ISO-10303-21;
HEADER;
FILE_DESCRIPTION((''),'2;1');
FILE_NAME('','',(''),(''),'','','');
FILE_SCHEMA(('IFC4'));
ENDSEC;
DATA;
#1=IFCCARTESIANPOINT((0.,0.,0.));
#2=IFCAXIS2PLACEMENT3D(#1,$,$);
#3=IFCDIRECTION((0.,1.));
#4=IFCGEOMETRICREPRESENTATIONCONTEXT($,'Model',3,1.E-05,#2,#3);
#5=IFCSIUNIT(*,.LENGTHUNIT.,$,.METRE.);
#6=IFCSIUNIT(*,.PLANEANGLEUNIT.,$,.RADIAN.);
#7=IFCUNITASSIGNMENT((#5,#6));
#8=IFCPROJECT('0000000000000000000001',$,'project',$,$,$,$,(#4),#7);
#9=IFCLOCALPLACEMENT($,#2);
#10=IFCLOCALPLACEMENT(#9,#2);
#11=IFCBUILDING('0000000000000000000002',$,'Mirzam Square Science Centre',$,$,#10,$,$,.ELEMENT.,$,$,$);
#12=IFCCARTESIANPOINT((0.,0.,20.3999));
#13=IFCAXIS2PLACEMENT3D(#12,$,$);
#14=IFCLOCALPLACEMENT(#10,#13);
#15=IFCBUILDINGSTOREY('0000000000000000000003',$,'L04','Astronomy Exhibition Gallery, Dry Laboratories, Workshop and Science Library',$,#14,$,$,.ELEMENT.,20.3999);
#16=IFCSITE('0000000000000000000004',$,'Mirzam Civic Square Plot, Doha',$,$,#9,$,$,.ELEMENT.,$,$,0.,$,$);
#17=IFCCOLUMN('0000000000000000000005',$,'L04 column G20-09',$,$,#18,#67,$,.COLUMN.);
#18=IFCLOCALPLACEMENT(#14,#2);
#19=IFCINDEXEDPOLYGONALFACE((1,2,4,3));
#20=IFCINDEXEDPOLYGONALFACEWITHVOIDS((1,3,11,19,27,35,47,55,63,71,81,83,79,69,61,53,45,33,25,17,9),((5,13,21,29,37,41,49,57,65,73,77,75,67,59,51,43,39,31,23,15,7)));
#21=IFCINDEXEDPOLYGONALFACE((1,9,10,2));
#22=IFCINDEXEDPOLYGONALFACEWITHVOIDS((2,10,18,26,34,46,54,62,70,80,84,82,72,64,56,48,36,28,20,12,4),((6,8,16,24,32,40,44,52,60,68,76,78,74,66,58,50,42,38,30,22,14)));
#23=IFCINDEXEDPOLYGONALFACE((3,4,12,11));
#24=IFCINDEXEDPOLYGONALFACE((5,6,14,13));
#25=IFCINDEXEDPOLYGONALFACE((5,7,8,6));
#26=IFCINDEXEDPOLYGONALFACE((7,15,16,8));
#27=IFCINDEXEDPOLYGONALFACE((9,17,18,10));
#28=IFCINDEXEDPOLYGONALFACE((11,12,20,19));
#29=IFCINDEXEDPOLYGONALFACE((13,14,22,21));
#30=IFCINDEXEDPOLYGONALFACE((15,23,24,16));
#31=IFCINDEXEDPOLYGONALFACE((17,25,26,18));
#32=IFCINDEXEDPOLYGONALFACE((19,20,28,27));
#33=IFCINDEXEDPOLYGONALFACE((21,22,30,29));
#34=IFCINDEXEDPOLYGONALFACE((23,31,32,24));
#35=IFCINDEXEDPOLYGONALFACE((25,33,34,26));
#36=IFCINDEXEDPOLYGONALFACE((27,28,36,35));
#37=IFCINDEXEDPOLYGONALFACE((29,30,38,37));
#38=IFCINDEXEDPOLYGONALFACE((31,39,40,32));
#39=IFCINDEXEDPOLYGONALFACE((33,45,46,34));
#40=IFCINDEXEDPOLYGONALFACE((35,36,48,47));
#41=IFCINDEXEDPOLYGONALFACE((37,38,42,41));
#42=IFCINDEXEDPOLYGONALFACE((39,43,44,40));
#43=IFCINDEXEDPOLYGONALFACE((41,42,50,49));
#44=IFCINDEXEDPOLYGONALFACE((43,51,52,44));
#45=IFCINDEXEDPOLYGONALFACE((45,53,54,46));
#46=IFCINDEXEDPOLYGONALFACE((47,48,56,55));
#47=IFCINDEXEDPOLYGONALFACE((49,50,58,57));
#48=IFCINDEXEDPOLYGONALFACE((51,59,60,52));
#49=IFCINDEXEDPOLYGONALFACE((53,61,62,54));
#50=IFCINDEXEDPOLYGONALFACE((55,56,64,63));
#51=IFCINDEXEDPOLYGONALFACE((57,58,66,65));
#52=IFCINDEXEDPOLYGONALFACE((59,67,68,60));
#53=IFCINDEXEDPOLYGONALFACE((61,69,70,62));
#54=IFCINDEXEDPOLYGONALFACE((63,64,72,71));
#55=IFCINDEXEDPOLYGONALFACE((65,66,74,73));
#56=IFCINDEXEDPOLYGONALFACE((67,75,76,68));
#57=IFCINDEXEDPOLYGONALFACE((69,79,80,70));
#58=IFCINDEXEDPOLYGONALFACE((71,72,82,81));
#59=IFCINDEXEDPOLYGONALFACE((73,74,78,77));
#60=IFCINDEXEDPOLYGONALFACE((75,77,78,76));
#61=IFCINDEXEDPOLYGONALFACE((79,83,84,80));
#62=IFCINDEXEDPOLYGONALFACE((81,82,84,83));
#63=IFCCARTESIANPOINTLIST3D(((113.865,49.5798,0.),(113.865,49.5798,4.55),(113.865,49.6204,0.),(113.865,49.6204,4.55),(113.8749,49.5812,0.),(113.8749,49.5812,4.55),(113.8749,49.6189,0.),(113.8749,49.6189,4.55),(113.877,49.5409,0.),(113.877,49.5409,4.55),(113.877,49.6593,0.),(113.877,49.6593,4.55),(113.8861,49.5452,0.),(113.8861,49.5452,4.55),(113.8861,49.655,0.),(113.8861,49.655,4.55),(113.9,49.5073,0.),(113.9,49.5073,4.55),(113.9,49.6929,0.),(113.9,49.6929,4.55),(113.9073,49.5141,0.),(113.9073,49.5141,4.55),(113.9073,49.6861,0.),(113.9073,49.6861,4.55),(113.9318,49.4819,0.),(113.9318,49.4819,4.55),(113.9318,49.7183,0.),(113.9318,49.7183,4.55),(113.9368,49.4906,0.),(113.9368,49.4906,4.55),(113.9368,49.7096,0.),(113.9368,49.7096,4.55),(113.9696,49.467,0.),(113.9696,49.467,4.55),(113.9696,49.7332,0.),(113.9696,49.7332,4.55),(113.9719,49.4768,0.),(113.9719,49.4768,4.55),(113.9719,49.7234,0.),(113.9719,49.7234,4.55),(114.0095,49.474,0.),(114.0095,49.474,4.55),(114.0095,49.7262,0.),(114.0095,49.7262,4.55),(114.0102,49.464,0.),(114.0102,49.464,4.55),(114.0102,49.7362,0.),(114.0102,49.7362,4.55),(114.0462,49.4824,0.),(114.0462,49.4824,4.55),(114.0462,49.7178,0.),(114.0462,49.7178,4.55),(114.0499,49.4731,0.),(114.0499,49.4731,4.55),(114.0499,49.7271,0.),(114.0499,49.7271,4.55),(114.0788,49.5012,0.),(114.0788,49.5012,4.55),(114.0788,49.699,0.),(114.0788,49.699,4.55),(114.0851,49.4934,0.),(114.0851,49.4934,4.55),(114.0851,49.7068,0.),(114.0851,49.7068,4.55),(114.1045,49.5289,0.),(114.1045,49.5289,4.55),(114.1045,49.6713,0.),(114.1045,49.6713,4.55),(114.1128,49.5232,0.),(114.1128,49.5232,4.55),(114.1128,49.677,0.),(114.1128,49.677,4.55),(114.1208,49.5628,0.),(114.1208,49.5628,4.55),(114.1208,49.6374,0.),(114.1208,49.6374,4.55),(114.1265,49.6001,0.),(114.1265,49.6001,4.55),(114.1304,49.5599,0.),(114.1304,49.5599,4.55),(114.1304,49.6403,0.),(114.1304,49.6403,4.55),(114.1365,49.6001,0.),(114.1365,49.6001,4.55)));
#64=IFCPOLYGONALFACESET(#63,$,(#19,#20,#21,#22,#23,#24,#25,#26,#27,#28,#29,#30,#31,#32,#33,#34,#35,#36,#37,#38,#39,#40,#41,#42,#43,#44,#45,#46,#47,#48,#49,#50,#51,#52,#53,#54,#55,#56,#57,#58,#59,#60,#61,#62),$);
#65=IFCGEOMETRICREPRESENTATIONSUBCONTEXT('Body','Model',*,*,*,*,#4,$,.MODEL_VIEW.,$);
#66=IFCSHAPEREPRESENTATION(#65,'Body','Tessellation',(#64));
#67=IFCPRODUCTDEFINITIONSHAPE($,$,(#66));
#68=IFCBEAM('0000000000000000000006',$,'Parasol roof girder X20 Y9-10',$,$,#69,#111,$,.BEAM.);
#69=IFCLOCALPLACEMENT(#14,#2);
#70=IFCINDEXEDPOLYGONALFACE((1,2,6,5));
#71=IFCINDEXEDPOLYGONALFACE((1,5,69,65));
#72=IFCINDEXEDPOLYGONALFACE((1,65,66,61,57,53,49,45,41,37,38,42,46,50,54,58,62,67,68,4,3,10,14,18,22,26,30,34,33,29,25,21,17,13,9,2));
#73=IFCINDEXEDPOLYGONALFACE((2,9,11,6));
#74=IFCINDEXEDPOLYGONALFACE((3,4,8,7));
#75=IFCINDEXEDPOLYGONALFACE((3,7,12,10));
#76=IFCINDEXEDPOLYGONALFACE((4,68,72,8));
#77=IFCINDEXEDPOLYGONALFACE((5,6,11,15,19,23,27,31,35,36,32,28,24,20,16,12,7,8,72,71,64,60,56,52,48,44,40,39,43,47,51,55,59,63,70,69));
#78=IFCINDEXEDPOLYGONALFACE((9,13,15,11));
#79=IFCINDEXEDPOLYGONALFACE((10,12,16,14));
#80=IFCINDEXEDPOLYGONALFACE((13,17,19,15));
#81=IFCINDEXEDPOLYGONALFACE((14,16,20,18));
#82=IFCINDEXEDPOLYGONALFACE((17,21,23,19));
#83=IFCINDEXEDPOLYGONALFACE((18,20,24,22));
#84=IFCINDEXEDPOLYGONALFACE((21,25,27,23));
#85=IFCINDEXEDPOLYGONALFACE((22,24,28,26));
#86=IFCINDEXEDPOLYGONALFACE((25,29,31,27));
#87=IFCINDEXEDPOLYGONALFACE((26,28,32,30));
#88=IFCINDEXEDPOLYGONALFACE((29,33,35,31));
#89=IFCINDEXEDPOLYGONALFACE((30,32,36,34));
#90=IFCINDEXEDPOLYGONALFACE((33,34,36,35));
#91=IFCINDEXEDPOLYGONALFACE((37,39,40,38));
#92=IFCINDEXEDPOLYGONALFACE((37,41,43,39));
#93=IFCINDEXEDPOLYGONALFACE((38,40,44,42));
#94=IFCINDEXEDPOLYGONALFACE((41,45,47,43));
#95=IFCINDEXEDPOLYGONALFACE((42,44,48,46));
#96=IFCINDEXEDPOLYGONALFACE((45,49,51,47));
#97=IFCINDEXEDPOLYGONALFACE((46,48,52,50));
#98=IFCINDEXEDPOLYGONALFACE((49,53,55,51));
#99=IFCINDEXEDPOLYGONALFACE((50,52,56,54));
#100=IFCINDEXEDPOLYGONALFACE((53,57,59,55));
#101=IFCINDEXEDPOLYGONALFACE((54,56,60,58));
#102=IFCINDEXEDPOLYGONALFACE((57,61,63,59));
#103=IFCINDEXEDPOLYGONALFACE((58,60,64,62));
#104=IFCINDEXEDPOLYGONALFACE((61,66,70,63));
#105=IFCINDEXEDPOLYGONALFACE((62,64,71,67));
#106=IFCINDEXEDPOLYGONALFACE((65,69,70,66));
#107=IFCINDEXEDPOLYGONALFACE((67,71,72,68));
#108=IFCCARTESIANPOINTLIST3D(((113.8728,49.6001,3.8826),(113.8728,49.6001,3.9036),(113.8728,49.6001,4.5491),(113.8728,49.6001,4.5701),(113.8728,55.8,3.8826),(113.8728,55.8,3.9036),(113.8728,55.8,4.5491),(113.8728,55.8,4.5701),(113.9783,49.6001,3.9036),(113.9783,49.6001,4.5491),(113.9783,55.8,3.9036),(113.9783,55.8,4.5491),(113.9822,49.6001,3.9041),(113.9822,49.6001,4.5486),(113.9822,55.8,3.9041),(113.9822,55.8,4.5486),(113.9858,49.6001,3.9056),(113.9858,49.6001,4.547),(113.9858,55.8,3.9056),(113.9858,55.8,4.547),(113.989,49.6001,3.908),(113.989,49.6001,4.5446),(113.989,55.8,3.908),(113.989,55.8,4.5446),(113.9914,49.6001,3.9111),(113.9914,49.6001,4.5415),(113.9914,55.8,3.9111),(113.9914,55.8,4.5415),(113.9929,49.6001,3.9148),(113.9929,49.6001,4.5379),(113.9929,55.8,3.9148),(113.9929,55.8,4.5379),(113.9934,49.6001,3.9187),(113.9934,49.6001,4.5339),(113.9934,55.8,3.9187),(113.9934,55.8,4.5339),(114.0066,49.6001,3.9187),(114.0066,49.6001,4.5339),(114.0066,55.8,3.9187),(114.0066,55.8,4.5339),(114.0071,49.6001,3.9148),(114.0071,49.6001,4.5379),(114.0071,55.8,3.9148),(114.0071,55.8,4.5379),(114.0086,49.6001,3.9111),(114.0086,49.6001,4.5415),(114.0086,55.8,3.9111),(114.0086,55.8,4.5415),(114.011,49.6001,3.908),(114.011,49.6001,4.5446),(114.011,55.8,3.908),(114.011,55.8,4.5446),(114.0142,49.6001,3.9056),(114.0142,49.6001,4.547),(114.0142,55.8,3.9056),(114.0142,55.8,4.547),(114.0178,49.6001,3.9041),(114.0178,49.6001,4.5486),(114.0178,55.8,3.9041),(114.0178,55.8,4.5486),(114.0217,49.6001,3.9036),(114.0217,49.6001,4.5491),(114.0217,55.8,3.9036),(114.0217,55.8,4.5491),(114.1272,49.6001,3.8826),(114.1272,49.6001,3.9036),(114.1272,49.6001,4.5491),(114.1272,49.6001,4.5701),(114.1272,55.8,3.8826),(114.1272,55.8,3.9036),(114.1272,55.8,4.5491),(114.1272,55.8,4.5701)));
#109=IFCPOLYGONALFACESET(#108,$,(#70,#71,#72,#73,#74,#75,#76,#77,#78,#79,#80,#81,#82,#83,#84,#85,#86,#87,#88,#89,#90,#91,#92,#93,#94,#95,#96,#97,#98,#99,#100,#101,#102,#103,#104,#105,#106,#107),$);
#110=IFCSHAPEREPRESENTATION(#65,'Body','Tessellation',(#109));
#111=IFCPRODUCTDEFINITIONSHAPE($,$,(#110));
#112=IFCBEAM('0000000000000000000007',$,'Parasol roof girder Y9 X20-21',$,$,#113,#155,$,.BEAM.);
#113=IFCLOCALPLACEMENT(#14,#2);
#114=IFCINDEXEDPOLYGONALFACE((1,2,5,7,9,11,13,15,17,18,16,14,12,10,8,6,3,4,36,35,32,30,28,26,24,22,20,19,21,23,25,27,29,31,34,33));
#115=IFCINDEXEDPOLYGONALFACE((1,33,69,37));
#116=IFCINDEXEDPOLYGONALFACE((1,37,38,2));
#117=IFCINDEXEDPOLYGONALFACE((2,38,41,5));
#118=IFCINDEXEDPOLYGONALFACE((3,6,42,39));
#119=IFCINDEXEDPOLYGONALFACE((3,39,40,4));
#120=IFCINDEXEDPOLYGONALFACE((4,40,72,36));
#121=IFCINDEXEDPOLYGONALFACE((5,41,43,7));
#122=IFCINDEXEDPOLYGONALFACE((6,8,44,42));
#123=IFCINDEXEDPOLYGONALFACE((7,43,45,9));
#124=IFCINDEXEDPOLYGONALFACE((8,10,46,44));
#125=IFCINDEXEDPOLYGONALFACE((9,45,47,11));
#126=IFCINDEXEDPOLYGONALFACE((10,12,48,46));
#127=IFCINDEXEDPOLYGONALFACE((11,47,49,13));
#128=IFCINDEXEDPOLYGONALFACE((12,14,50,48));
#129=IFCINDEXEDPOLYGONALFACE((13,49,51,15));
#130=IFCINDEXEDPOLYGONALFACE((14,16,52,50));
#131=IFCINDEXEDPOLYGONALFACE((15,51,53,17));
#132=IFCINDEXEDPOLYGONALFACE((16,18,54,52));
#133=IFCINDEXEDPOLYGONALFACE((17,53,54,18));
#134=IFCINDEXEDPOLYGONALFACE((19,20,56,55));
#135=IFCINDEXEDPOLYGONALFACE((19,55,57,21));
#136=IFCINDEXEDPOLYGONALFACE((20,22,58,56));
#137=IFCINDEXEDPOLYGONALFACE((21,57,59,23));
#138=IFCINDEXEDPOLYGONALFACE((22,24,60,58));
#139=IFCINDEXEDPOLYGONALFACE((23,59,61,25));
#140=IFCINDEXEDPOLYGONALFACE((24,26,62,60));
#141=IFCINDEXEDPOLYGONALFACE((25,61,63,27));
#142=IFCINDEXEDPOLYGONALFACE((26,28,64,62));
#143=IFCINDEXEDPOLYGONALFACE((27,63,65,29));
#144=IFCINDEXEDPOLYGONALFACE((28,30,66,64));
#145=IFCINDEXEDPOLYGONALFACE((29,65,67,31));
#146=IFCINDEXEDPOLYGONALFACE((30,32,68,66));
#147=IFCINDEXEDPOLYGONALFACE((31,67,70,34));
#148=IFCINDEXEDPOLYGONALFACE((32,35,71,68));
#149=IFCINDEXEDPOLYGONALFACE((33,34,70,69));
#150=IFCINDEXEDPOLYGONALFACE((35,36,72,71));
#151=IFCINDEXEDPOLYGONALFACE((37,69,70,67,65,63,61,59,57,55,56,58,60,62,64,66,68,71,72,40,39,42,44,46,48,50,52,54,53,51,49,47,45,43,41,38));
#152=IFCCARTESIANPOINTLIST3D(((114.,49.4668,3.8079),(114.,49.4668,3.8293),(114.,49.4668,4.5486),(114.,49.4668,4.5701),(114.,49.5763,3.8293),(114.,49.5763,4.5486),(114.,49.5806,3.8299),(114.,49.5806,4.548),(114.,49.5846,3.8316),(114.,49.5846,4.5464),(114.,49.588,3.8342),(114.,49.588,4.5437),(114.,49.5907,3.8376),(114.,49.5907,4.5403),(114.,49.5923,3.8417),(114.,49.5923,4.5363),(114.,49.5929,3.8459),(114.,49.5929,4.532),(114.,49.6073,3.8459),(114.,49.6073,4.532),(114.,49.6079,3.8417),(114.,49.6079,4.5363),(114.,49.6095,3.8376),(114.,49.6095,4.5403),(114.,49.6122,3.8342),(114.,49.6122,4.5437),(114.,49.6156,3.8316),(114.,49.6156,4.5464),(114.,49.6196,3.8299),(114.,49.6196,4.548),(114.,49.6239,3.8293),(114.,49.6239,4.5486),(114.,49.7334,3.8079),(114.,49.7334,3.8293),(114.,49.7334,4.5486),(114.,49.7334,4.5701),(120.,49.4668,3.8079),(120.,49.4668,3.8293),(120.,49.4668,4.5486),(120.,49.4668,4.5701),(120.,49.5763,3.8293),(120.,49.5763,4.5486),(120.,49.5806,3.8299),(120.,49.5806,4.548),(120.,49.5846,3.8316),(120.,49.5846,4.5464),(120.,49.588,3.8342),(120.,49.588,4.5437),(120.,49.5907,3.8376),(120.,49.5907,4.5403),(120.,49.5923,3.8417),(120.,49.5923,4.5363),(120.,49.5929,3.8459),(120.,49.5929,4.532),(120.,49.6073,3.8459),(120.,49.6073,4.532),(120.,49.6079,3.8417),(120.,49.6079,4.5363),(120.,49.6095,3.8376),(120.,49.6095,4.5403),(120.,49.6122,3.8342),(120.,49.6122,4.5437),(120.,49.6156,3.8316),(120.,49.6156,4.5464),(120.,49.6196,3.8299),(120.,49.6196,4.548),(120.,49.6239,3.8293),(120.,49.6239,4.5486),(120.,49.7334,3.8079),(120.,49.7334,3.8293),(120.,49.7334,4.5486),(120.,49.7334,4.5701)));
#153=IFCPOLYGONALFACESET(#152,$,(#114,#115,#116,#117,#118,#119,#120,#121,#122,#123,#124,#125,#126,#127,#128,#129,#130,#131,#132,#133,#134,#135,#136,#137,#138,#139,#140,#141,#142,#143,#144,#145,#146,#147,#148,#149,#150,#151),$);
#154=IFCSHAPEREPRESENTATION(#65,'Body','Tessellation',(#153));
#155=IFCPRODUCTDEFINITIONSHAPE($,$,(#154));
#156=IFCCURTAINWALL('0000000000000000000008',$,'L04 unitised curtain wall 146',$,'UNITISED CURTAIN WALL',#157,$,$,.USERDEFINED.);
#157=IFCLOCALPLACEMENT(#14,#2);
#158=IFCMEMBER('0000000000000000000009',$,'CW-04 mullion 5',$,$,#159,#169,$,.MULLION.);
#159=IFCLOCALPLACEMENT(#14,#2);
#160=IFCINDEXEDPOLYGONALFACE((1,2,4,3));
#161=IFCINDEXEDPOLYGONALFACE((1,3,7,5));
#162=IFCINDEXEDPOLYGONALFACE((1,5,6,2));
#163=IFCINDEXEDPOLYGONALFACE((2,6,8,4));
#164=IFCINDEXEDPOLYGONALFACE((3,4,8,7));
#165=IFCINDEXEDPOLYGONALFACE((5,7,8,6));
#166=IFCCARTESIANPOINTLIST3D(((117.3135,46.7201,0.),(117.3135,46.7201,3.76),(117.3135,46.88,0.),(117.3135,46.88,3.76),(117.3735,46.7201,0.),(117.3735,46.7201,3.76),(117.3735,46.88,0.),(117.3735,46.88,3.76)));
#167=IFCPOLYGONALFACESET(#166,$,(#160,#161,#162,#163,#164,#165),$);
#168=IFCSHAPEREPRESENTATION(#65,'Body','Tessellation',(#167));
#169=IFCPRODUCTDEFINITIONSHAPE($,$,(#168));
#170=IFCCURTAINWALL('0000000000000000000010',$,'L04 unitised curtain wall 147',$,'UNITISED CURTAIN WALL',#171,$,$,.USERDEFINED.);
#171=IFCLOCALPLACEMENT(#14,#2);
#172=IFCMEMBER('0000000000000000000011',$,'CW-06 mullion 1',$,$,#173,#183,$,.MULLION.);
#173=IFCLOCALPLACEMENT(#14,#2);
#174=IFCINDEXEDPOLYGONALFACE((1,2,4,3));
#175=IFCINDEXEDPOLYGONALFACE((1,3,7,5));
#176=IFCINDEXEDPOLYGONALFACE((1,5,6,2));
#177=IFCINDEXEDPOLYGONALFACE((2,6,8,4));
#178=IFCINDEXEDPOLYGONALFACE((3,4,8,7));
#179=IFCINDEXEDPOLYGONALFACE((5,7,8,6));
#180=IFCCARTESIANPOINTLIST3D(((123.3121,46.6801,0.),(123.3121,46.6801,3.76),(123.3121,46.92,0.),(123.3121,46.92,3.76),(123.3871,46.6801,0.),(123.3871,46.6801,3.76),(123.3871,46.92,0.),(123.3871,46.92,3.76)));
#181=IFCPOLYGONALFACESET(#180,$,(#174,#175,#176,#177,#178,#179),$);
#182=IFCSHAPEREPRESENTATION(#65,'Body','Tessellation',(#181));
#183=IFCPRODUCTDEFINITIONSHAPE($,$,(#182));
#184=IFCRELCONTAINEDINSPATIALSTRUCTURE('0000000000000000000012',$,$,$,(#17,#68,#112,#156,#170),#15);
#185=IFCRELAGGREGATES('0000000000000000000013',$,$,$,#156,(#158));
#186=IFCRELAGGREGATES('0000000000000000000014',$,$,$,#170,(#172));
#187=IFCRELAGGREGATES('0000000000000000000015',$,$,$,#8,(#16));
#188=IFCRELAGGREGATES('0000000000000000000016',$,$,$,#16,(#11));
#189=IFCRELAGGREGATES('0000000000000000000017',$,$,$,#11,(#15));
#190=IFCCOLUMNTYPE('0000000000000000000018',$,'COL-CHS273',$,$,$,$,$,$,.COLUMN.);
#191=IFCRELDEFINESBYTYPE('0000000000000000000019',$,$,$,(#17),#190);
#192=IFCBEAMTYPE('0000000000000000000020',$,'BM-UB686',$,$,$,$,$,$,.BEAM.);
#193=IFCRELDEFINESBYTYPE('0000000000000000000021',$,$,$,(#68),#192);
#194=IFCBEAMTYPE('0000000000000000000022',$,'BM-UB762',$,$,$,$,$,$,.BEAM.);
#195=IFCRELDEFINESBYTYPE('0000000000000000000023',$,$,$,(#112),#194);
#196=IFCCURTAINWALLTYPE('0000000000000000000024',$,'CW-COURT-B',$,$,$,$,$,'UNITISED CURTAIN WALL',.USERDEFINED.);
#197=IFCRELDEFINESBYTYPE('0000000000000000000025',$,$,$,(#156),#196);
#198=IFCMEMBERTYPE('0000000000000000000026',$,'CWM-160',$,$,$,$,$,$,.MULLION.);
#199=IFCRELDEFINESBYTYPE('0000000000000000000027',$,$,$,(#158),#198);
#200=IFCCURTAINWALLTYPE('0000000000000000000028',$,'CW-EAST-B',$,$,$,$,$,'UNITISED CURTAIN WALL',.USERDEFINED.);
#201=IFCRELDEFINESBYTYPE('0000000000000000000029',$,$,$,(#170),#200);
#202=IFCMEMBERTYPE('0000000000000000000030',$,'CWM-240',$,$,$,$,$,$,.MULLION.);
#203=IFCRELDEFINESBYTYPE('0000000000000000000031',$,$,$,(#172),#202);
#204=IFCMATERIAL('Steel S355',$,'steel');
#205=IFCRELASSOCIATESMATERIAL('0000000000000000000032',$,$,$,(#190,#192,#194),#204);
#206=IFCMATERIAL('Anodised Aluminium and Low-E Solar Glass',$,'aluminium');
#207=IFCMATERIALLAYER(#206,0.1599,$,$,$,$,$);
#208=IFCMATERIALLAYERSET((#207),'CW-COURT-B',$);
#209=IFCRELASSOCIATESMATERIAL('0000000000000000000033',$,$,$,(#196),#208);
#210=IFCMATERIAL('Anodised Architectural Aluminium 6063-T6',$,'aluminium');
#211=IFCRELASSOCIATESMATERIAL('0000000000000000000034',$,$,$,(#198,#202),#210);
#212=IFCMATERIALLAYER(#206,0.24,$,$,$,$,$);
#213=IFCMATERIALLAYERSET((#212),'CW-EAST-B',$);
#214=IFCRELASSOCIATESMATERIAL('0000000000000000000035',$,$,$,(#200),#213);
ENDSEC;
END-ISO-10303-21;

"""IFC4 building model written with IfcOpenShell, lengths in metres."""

from ifc_helpers import new_model, si_unit, direction, frame, origin, origin_2d, place, context, subcontext, project, spatial, rectangle, hollow_circle, i_section, extrude, material, layer, layer_set, material_profile, profile_set, type_object, element, aggregate, save


model = new_model("IFC4")

# Units and contexts
model_context = context("Model", 3, precision=1e-05, world=origin(), true_north=direction((0.0, 1.0)))
body_context = subcontext(model_context, "Body", "Model", "MODEL_VIEW")
ifc_project = project(units=[si_unit("LENGTHUNIT", "METRE"), si_unit("PLANEANGLEUNIT", "RADIAN")], contexts=[model_context])

# Site, building, storey
site_placement = place(None, origin())
site = spatial("IfcSite", under=ifc_project, at=site_placement, Name="Mirzam Civic Square Plot, Doha", CompositionType="ELEMENT", RefElevation=0.0)
building_placement = place(site_placement, origin())
building = spatial("IfcBuilding", under=site, at=building_placement, Name="Mirzam Square Science Centre", CompositionType="ELEMENT")
storey_placement = place(building_placement, frame((0.0, 0.0, 20.3999)))
storey = spatial("IfcBuildingStorey", under=building, at=storey_placement, Name="L04", Description="Astronomy Exhibition Gallery, Dry Laboratories, Workshop and Science Library", CompositionType="ELEMENT", Elevation=20.3999)

# Column
ifc_material_1 = material(Name="Steel S355", Category="steel")
ifc_material_profile_1 = material_profile(ifc_material_1, hollow_circle(Radius=0.1365, WallThickness=0.01, at=origin_2d()), Name="273.0x10.0CHS")
ifc_profile_set_1 = profile_set([ifc_material_profile_1], Name="Steel S355")
column_type = type_object("IfcColumnType", Name="COL-CHS273", PredefinedType="COLUMN", material=ifc_profile_set_1)
column_placement = place(storey_placement, frame((114.0, 49.6001, 0.0), z_axis=(0.0, 0.0, 1.0), x_axis=(1.0, 0.0, 0.0)))
element("IfcColumn", 1, at=column_placement, inside=storey, type_object=column_type, Name="L04 column G20-09", PredefinedType="COLUMN", context=body_context, shape_type="SweptSolid", body=[
    extrude(hollow_circle(Radius=0.1365, WallThickness=0.01, at=origin_2d()), origin(), (0.0, 0.0, 1.0), 4.55),
])

# Beams
ifc_material_profile_2 = material_profile(ifc_material_1, i_section(OverallWidth=0.2544, OverallDepth=0.6875, WebThickness=0.0132, FlangeThickness=0.021, FilletRadius=0.0151, at=origin_2d()), Name="686x254x152UB")
ifc_profile_set_2 = profile_set([ifc_material_profile_2], Name="Steel S355")
beam_type_1 = type_object("IfcBeamType", Name="BM-UB686", PredefinedType="BEAM", material=ifc_profile_set_2)
beam_1_placement = place(storey_placement, frame((114.0, 49.6001, 4.2263), z_axis=(0.0, 1.0, 0.0), x_axis=(-1.0, 0.0, 0.0)))
element("IfcBeam", 2, at=beam_1_placement, inside=storey, type_object=beam_type_1, Name="Parasol roof girder X20 Y9-10", PredefinedType="BEAM", context=body_context, shape_type="SweptSolid", body=[
    extrude(i_section(OverallWidth=0.2544, OverallDepth=0.6875, WebThickness=0.0132, FlangeThickness=0.021, FilletRadius=0.0151, at=origin_2d()), origin(), (0.0, 0.0, 1.0), 6.2),
])
ifc_material_profile_3 = material_profile(ifc_material_1, i_section(OverallWidth=0.2666, OverallDepth=0.7622, WebThickness=0.0144, FlangeThickness=0.0215, FilletRadius=0.0166, at=origin_2d()), Name="762x267x173UB")
ifc_profile_set_3 = profile_set([ifc_material_profile_3], Name="Steel S355")
beam_type_2 = type_object("IfcBeamType", Name="BM-UB762", PredefinedType="BEAM", material=ifc_profile_set_3)
beam_2_placement = place(storey_placement, frame((114.0, 49.6001, 4.189), z_axis=(1.0, 0.0, 0.0), x_axis=(0.0, 1.0, 0.0)))
element("IfcBeam", 3, at=beam_2_placement, inside=storey, type_object=beam_type_2, Name="Parasol roof girder Y9 X20-21", PredefinedType="BEAM", context=body_context, shape_type="SweptSolid", body=[
    extrude(i_section(OverallWidth=0.2666, OverallDepth=0.7622, WebThickness=0.0144, FlangeThickness=0.0215, FilletRadius=0.0166, at=origin_2d()), origin(), (0.0, 0.0, 1.0), 6.0),
])

# Curtain walls, members
ifc_material_2 = material(Name="Anodised Aluminium and Low-E Solar Glass", Category="aluminium")
ifc_layer_1 = layer(ifc_material_2, 0.1599)
ifc_layer_set_1 = layer_set([ifc_layer_1], Name="CW-COURT-B")
curtain_wall_type_1 = type_object("IfcCurtainWallType", Name="CW-COURT-B", ElementType="UNITISED CURTAIN WALL", PredefinedType="USERDEFINED", material=ifc_layer_set_1)
curtain_wall_1_placement = place(storey_placement, origin())
curtain_wall_1 = element("IfcCurtainWall", 4, at=curtain_wall_1_placement, inside=storey, type_object=curtain_wall_type_1, Name="L04 unitised curtain wall 146", ObjectType="UNITISED CURTAIN WALL", PredefinedType="USERDEFINED")
ifc_material_3 = material(Name="Anodised Architectural Aluminium 6063-T6", Category="aluminium")
ifc_material_profile_4 = material_profile(ifc_material_3, rectangle(XDim=0.0601, YDim=0.1599, at=origin_2d()), Name="ALU-MULL-160x60x4")
ifc_profile_set_4 = profile_set([ifc_material_profile_4], Name="Anodised Architectural Aluminium 6063-T6")
member_type_1 = type_object("IfcMemberType", Name="CWM-160", PredefinedType="MULLION", material=ifc_profile_set_4)
member_1_placement = place(storey_placement, frame((117.3435, 46.8, 0.0), z_axis=(0.0, 0.0, 1.0), x_axis=(1.0, 0.0, 0.0)))
member_1 = element("IfcMember", 5, at=member_1_placement, type_object=member_type_1, Name="CW-04 mullion 5", PredefinedType="MULLION", context=body_context, shape_type="SweptSolid", body=[
    extrude(rectangle(XDim=0.0601, YDim=0.1599, at=origin_2d()), origin(), (0.0, 0.0, 1.0), 3.76),
])
ifc_layer_2 = layer(ifc_material_2, 0.24)
ifc_layer_set_2 = layer_set([ifc_layer_2], Name="CW-EAST-B")
curtain_wall_type_2 = type_object("IfcCurtainWallType", Name="CW-EAST-B", ElementType="UNITISED CURTAIN WALL", PredefinedType="USERDEFINED", material=ifc_layer_set_2)
curtain_wall_2_placement = place(storey_placement, origin())
curtain_wall_2 = element("IfcCurtainWall", 6, at=curtain_wall_2_placement, inside=storey, type_object=curtain_wall_type_2, Name="L04 unitised curtain wall 147", ObjectType="UNITISED CURTAIN WALL", PredefinedType="USERDEFINED")
ifc_material_profile_5 = material_profile(ifc_material_3, rectangle(XDim=0.075, YDim=0.24, at=origin_2d()), Name="ALU-MULL-240x75x5")
ifc_profile_set_5 = profile_set([ifc_material_profile_5], Name="Anodised Architectural Aluminium 6063-T6")
member_type_2 = type_object("IfcMemberType", Name="CWM-240", PredefinedType="MULLION", material=ifc_profile_set_5)
member_2_placement = place(storey_placement, frame((123.3496, 46.8, 0.0), z_axis=(0.0, 0.0, 1.0), x_axis=(1.0, 0.0, 0.0)))
member_2 = element("IfcMember", 7, at=member_2_placement, type_object=member_type_2, Name="CW-06 mullion 1", PredefinedType="MULLION", context=body_context, shape_type="SweptSolid", body=[
    extrude(rectangle(XDim=0.075, YDim=0.24, at=origin_2d()), origin(), (0.0, 0.0, 1.0), 3.76),
])

aggregate(curtain_wall_1, [member_1])
aggregate(curtain_wall_2, [member_2])

save(model, "model.ifc")
